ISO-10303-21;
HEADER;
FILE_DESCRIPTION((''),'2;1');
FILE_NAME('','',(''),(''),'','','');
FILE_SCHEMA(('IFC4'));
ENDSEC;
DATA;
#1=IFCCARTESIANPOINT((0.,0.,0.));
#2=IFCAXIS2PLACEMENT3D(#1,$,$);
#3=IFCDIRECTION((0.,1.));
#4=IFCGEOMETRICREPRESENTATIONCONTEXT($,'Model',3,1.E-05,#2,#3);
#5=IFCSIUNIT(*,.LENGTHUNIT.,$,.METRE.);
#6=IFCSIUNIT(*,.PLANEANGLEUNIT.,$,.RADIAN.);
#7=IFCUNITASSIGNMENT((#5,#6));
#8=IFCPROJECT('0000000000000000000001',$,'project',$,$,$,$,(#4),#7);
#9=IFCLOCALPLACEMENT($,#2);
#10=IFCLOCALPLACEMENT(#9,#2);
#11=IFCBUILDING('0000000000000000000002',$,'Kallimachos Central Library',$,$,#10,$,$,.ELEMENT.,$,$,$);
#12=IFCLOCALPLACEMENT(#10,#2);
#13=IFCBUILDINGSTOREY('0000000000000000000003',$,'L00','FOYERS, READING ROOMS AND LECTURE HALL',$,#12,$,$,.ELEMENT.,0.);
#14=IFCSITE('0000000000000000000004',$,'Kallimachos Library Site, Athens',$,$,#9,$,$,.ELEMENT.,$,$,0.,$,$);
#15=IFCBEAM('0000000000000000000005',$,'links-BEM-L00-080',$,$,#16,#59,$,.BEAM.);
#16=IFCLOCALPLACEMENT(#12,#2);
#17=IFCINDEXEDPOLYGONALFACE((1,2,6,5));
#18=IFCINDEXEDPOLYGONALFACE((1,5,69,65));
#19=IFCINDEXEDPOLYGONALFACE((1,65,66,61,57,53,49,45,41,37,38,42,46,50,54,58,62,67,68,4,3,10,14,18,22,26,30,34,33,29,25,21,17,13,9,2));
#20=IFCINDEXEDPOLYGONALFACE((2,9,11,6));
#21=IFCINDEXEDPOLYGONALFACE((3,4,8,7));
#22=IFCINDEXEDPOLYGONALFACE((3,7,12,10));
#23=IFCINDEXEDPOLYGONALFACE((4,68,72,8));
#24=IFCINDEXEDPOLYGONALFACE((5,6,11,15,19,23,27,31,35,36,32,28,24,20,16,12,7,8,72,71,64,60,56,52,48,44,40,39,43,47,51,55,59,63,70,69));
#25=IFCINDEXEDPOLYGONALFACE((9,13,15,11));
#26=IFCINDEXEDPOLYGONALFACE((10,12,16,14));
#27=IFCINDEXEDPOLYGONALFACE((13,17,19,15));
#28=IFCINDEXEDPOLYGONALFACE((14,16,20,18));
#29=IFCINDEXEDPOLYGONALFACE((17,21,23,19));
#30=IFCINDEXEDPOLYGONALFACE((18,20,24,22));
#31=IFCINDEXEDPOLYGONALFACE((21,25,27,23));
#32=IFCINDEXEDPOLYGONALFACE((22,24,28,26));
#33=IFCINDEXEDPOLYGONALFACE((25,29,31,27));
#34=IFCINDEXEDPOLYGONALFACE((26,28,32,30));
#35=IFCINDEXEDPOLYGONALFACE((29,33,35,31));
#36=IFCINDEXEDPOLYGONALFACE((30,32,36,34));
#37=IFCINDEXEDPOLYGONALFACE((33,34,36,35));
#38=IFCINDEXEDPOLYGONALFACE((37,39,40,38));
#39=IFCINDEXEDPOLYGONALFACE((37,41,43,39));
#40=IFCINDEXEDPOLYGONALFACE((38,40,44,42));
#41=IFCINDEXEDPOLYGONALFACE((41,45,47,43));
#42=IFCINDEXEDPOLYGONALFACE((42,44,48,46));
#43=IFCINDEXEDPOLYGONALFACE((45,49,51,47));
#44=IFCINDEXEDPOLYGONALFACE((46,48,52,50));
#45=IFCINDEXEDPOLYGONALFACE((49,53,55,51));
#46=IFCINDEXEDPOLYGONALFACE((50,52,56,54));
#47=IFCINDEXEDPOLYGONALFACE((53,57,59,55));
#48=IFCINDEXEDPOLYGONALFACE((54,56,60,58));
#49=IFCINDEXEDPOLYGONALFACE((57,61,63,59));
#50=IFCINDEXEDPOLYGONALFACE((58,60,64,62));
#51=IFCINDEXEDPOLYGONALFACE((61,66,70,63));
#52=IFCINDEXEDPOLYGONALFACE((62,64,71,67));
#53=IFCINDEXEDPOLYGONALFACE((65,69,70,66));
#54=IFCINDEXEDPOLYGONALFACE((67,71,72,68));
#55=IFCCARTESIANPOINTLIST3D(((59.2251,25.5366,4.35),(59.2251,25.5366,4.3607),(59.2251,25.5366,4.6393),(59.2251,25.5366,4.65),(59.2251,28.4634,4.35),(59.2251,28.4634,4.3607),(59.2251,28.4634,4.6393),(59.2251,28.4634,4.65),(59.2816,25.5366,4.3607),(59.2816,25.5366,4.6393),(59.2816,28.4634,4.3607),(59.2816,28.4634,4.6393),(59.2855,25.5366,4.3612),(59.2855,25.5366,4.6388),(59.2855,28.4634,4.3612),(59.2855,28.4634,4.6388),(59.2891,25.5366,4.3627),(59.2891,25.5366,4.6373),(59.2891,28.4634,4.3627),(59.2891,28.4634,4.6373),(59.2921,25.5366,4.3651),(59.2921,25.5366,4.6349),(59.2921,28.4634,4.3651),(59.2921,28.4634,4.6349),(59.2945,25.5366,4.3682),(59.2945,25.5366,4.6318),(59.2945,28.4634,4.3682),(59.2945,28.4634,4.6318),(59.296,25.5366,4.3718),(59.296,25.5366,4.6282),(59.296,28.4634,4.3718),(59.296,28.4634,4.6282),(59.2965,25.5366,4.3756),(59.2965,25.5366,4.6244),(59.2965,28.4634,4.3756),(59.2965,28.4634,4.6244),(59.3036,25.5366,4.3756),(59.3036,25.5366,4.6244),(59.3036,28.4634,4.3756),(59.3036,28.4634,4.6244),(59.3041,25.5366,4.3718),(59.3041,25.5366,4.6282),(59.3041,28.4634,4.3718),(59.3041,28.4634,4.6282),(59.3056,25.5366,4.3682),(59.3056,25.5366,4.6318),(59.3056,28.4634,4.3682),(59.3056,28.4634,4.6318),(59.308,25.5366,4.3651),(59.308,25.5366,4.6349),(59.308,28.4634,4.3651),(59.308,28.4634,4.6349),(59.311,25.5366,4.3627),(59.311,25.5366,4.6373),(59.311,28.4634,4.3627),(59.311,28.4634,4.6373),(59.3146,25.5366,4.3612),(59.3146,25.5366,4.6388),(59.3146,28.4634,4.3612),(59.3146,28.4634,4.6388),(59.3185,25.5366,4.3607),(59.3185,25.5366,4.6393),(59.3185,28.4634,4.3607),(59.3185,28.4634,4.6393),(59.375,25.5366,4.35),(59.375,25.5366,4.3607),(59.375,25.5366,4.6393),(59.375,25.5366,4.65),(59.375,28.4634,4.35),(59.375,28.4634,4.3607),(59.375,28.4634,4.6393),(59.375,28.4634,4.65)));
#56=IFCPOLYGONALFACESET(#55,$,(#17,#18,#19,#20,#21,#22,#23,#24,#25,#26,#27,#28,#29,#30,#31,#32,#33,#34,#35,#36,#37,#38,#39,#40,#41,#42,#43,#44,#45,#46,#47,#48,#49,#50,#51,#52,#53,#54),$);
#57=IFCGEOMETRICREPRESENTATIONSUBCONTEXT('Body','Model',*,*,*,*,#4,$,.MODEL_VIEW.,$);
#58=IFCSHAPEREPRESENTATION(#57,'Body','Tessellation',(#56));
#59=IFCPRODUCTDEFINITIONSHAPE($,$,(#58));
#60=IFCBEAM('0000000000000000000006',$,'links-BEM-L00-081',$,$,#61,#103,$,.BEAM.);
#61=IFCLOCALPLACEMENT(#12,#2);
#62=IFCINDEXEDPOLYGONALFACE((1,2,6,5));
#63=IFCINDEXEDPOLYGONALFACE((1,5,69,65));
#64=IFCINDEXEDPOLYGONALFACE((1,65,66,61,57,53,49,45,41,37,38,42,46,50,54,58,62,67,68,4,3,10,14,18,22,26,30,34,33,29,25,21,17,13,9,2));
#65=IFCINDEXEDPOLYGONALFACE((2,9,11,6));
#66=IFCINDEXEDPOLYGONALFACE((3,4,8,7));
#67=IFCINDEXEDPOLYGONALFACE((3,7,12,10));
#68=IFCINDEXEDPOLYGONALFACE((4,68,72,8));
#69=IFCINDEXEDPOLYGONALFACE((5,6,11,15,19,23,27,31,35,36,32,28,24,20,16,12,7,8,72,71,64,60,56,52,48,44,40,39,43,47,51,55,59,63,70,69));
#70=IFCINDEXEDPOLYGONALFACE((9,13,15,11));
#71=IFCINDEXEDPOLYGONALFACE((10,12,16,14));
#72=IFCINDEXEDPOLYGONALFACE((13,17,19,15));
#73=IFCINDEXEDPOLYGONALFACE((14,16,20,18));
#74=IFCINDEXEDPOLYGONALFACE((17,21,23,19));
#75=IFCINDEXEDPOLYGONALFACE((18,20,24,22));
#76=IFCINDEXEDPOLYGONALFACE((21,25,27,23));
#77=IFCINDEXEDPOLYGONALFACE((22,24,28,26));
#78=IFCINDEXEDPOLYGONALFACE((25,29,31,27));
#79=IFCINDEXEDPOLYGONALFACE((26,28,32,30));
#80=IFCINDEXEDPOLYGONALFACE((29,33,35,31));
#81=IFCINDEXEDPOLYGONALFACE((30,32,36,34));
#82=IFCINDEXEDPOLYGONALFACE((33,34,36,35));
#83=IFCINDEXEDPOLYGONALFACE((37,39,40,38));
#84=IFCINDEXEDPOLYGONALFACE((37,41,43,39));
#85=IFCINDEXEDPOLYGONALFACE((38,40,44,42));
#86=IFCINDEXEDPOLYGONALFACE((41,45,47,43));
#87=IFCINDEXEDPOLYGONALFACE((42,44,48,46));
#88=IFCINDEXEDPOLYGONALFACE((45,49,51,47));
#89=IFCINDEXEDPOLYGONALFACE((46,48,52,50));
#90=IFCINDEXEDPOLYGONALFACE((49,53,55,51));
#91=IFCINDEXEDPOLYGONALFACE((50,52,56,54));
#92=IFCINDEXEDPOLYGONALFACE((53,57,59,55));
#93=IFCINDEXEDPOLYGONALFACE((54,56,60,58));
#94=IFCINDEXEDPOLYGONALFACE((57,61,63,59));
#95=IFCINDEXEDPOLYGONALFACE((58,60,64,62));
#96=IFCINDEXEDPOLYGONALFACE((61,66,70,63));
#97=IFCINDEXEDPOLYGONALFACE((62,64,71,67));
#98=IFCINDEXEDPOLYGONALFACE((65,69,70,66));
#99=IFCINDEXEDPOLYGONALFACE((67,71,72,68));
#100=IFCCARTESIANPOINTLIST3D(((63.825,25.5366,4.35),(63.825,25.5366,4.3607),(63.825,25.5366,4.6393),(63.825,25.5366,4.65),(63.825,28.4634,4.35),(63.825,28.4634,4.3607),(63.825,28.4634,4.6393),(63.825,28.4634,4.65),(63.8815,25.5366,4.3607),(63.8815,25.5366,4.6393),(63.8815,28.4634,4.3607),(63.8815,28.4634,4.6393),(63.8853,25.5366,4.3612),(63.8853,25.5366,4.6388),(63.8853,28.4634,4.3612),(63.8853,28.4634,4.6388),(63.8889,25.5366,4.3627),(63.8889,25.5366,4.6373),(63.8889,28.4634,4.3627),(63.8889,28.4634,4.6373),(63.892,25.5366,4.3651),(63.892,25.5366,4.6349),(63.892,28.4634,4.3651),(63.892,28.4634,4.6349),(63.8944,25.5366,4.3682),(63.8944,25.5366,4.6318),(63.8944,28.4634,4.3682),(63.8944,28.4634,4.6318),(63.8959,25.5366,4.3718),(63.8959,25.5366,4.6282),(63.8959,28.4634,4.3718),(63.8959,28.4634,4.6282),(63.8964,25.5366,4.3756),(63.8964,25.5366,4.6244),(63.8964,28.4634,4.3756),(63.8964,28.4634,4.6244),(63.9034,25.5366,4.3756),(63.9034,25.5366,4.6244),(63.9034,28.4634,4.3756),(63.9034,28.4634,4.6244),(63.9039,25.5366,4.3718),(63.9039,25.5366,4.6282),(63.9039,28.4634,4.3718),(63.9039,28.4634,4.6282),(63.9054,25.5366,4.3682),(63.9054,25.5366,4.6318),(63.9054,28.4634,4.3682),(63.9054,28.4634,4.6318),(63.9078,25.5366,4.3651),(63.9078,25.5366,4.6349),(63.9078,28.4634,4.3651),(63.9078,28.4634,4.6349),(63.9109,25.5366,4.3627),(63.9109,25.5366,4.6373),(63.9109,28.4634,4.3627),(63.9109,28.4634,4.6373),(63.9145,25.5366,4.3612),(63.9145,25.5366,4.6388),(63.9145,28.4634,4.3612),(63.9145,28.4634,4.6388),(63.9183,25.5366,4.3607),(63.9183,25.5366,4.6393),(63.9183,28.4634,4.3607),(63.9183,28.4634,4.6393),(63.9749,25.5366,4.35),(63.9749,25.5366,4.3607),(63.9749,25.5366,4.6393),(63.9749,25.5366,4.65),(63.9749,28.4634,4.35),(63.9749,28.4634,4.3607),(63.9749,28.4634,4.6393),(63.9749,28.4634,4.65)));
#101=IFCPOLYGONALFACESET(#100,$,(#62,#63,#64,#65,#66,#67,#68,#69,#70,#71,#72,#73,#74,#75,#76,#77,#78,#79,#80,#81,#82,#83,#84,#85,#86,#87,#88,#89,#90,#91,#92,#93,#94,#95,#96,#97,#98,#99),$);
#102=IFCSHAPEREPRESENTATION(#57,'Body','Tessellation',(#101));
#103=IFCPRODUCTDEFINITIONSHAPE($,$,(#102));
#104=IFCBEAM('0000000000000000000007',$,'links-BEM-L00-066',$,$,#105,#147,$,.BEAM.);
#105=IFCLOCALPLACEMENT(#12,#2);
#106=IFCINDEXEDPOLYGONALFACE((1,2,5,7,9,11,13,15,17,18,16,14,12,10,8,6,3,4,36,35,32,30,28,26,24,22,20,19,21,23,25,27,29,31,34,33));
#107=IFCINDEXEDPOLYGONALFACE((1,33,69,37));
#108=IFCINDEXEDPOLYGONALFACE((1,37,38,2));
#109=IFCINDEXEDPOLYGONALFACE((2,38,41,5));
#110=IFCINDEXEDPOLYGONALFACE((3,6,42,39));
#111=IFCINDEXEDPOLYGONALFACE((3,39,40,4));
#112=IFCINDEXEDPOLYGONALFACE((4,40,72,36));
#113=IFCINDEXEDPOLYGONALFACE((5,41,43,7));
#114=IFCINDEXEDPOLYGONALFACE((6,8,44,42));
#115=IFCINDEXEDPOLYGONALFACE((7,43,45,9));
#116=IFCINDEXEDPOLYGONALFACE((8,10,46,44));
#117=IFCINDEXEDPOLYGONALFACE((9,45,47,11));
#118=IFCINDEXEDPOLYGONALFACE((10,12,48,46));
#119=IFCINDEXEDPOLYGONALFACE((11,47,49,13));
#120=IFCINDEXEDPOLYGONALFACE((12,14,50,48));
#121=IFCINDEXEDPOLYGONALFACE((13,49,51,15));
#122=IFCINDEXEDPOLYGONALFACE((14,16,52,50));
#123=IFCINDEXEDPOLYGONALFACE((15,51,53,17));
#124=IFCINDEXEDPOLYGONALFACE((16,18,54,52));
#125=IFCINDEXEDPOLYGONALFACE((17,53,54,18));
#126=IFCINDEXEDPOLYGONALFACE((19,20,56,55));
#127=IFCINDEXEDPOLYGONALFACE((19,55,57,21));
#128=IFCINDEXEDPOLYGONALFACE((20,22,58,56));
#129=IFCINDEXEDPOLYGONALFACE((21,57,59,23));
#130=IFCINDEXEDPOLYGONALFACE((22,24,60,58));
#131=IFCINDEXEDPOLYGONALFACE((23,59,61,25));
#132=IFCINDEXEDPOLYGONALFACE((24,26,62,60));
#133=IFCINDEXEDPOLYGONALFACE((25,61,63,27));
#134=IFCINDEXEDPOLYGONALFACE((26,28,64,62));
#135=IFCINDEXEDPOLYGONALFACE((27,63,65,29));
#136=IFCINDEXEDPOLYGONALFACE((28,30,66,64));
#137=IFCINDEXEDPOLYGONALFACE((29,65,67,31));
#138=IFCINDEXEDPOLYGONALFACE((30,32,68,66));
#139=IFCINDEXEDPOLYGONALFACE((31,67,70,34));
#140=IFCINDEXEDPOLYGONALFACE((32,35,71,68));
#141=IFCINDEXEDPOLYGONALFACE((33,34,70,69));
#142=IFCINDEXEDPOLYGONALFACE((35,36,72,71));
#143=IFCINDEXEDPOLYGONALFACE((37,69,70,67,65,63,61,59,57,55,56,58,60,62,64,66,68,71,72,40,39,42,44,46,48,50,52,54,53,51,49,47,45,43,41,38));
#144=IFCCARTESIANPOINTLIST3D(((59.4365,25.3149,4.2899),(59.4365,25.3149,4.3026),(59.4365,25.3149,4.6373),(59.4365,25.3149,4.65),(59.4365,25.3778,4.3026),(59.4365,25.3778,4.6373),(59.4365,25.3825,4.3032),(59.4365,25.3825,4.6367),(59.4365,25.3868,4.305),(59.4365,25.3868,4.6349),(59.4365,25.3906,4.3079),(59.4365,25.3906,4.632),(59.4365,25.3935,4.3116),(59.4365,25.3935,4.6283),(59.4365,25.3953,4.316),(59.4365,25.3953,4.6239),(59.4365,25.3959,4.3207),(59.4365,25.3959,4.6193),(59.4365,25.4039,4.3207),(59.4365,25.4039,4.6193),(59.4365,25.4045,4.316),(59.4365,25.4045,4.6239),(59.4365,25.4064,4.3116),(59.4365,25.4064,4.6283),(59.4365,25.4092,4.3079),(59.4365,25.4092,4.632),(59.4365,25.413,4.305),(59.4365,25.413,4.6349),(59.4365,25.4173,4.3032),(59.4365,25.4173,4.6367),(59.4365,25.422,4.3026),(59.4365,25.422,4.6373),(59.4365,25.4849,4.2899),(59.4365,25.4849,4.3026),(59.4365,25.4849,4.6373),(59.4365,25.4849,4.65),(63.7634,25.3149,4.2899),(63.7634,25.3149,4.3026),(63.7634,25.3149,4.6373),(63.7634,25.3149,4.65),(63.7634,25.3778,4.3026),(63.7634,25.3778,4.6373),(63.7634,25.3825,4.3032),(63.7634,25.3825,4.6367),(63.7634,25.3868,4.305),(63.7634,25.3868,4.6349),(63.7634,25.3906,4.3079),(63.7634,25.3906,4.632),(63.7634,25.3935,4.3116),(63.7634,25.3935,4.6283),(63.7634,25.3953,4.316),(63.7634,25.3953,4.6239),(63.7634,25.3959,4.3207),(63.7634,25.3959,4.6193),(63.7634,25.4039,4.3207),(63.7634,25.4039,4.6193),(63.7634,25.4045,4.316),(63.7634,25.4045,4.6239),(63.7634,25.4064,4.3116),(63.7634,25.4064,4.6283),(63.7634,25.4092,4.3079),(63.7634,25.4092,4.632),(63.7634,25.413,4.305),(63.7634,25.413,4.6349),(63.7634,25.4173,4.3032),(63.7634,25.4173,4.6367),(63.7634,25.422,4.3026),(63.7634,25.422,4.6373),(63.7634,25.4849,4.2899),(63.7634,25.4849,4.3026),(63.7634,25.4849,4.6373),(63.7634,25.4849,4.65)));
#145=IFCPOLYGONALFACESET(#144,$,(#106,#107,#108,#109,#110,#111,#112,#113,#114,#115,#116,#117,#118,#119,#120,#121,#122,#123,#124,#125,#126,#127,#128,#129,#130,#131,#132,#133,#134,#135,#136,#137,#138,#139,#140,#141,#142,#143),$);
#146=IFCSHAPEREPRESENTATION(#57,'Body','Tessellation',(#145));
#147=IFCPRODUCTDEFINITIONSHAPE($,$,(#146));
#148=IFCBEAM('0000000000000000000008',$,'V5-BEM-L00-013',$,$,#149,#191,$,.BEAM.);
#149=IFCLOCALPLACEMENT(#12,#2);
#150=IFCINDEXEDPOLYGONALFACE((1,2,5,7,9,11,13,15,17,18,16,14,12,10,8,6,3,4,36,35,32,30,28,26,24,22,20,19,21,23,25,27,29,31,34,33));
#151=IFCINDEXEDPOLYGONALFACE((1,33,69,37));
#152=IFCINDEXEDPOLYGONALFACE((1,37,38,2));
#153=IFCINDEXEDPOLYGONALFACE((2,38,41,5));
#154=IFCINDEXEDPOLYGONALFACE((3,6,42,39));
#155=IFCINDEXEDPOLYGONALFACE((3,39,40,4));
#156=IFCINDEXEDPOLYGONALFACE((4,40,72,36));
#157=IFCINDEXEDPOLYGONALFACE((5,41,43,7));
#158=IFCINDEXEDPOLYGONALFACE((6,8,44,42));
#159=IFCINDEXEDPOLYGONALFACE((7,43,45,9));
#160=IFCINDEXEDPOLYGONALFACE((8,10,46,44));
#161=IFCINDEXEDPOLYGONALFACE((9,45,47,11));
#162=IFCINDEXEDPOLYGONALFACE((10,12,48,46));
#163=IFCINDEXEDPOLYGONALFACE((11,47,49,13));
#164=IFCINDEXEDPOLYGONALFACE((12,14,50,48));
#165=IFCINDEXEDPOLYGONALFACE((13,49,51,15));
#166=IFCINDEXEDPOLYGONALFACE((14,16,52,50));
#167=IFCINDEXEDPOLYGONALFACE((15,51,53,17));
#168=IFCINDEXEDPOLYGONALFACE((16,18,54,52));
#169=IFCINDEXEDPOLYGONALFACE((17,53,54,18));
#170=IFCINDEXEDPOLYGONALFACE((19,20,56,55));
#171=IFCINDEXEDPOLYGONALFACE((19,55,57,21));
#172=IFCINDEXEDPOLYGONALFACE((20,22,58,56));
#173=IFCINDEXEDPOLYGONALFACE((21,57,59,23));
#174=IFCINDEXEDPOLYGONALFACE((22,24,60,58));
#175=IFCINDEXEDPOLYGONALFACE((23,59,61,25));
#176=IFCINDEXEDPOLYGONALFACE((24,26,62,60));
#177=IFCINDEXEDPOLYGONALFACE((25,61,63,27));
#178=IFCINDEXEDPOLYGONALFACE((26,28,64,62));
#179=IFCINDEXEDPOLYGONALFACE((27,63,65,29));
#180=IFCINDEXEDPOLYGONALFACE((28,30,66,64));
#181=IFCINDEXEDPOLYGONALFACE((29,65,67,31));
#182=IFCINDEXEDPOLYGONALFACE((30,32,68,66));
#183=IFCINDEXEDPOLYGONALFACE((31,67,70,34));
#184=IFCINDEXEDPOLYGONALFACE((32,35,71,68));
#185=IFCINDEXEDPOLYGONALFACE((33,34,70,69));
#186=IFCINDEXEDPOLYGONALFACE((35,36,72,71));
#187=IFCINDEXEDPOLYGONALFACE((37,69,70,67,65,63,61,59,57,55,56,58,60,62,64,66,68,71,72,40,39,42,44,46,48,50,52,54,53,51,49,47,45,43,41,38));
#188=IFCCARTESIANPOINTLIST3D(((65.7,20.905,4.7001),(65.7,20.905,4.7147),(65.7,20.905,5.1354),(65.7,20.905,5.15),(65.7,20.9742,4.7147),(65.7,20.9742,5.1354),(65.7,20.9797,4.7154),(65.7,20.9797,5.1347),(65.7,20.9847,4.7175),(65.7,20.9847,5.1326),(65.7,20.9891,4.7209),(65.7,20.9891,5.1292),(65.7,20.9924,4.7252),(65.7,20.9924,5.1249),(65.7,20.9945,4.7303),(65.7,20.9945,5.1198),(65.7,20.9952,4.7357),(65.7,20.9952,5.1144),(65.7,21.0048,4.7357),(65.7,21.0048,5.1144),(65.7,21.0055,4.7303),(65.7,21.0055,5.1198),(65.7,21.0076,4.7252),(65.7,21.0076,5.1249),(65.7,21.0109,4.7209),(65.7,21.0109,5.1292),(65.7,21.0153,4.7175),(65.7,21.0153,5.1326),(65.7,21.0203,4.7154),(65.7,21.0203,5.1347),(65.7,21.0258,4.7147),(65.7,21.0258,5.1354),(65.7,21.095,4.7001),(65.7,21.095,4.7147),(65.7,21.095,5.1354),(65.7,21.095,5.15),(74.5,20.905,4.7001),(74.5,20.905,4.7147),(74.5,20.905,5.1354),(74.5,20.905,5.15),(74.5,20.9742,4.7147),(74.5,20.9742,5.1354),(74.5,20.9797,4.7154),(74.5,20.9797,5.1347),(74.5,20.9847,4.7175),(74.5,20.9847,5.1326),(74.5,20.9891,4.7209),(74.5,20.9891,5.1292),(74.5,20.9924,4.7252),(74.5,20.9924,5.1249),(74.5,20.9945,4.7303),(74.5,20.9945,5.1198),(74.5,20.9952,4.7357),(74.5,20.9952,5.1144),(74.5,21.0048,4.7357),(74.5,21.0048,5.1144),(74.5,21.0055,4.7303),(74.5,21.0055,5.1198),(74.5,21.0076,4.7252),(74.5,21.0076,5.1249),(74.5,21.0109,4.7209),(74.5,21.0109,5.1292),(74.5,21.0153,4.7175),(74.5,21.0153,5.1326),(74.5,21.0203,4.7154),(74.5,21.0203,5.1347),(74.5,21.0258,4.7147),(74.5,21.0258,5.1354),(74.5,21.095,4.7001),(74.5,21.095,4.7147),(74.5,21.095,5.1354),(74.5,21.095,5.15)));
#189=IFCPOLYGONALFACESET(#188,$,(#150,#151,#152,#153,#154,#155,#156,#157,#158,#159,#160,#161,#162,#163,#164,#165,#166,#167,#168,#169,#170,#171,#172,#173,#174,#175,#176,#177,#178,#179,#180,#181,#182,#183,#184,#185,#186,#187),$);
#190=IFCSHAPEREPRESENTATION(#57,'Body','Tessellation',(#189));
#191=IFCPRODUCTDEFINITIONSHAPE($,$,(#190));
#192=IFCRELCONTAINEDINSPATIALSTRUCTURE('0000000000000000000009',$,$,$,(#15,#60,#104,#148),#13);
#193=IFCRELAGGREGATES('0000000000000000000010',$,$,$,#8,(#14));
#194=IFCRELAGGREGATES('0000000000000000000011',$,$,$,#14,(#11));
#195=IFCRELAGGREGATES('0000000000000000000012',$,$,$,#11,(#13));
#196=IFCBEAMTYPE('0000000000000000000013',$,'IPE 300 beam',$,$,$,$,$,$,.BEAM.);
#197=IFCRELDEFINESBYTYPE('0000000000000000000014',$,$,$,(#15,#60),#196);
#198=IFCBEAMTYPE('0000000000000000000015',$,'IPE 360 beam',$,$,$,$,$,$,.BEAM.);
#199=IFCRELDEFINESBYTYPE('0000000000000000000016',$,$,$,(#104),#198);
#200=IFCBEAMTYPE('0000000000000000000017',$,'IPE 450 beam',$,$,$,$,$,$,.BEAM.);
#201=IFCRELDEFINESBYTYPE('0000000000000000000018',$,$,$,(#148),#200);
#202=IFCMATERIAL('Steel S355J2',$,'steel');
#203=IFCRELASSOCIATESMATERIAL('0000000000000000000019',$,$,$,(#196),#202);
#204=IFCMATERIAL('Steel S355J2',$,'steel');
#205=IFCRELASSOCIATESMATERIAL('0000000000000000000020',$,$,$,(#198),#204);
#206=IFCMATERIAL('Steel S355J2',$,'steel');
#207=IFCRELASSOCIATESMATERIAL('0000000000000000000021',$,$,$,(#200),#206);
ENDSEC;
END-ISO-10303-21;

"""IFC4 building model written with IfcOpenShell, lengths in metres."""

from ifc_helpers import new_model, si_unit, direction, frame, origin, origin_2d, place, context, subcontext, project, spatial, i_section, extrude, material, material_profile, profile_set, type_object, element, save


model = new_model("IFC4")

# Units and contexts
model_context = context("Model", 3, precision=1e-05, world=origin(), true_north=direction((0.0, 1.0)))
body_context = subcontext(model_context, "Body", "Model", "MODEL_VIEW")
ifc_project = project(units=[si_unit("LENGTHUNIT", "METRE"), si_unit("PLANEANGLEUNIT", "RADIAN")], contexts=[model_context])

# Site, building, storey
site_placement = place(None, origin())
site = spatial("IfcSite", under=ifc_project, at=site_placement, Name="Kallimachos Library Site, Athens", CompositionType="ELEMENT", RefElevation=0.0)
building_placement = place(site_placement, origin())
building = spatial("IfcBuilding", under=site, at=building_placement, Name="Kallimachos Central Library", CompositionType="ELEMENT")
storey_placement = place(building_placement, origin())
storey = spatial("IfcBuildingStorey", under=building, at=storey_placement, Name="L00", Description="FOYERS, READING ROOMS AND LECTURE HALL", CompositionType="ELEMENT", Elevation=0.0)

# Beams
ifc_material_1 = material(Name="Steel S355J2", Category="steel")
ifc_material_profile_1 = material_profile(ifc_material_1, i_section(OverallWidth=0.1499, OverallDepth=0.3, WebThickness=0.0071, FlangeThickness=0.0107, FilletRadius=0.0149, at=origin_2d()), Name="IPE 300")
ifc_profile_set_1 = profile_set([ifc_material_profile_1], Name="Steel S355J2")
beam_type_1 = type_object("IfcBeamType", Name="IPE 300 beam", PredefinedType="BEAM", material=ifc_profile_set_1)
for number, where, z_axis, x_axis, name in (
    (1, (59.3, 25.5366, 4.5), (0.0, 1.0, 0.0), (-1.0, 0.0, 0.0), "links-BEM-L00-080"),
    (2, (63.8999, 25.5366, 4.5), (0.0, 1.0, 0.0), (-1.0, 0.0, 0.0), "links-BEM-L00-081"),
):
    element("IfcBeam", number, at=place(storey_placement, frame(where, z_axis=z_axis, x_axis=x_axis)), inside=storey, type_object=beam_type_1, Name=name, PredefinedType="BEAM", context=body_context, shape_type="SweptSolid", body=[
        extrude(i_section(OverallWidth=0.1499, OverallDepth=0.3, WebThickness=0.0071, FlangeThickness=0.0107, FilletRadius=0.0149, at=origin_2d()), origin(), (0.0, 0.0, 1.0), 2.9268),
    ])
ifc_material_2 = material(Name="Steel S355J2", Category="steel")
ifc_material_profile_2 = material_profile(ifc_material_2, i_section(OverallWidth=0.1699, OverallDepth=0.3601, WebThickness=0.0081, FlangeThickness=0.0127, FilletRadius=0.0181, at=origin_2d()), Name="IPE 360")
ifc_profile_set_2 = profile_set([ifc_material_profile_2], Name="Steel S355J2")
beam_type_2 = type_object("IfcBeamType", Name="IPE 360 beam", PredefinedType="BEAM", material=ifc_profile_set_2)
beam_1_placement = place(storey_placement, frame((59.4365, 25.3999, 4.47), z_axis=(1.0, 0.0, 0.0), x_axis=(0.0, 1.0, 0.0)))
element("IfcBeam", 3, at=beam_1_placement, inside=storey, type_object=beam_type_2, Name="links-BEM-L00-066", PredefinedType="BEAM", context=body_context, shape_type="SweptSolid", body=[
    extrude(i_section(OverallWidth=0.1699, OverallDepth=0.3601, WebThickness=0.0081, FlangeThickness=0.0127, FilletRadius=0.0181, at=origin_2d()), origin(), (0.0, 0.0, 1.0), 4.3269),
])
ifc_material_3 = material(Name="Steel S355J2", Category="steel")
ifc_material_profile_3 = material_profile(ifc_material_3, i_section(OverallWidth=0.1899, OverallDepth=0.45, WebThickness=0.0095, FlangeThickness=0.0146, FilletRadius=0.021, at=origin_2d()), Name="IPE 450")
ifc_profile_set_3 = profile_set([ifc_material_profile_3], Name="Steel S355J2")
beam_type_3 = type_object("IfcBeamType", Name="IPE 450 beam", PredefinedType="BEAM", material=ifc_profile_set_3)
for number, where, z_axis, x_axis, name in (
    (4, (65.7, 21.0, 4.925), (1.0, 0.0, 0.0), (0.0, 1.0, 0.0), "V5-BEM-L00-013"),
):
    element("IfcBeam", number, at=place(storey_placement, frame(where, z_axis=z_axis, x_axis=x_axis)), inside=storey, type_object=beam_type_3, Name=name, PredefinedType="BEAM", context=body_context, shape_type="SweptSolid", body=[
        extrude(i_section(OverallWidth=0.1899, OverallDepth=0.45, WebThickness=0.0095, FlangeThickness=0.0146, FilletRadius=0.021, at=origin_2d()), origin(), (0.0, 0.0, 1.0), 8.8),
    ])

save(model, "model.ifc")
